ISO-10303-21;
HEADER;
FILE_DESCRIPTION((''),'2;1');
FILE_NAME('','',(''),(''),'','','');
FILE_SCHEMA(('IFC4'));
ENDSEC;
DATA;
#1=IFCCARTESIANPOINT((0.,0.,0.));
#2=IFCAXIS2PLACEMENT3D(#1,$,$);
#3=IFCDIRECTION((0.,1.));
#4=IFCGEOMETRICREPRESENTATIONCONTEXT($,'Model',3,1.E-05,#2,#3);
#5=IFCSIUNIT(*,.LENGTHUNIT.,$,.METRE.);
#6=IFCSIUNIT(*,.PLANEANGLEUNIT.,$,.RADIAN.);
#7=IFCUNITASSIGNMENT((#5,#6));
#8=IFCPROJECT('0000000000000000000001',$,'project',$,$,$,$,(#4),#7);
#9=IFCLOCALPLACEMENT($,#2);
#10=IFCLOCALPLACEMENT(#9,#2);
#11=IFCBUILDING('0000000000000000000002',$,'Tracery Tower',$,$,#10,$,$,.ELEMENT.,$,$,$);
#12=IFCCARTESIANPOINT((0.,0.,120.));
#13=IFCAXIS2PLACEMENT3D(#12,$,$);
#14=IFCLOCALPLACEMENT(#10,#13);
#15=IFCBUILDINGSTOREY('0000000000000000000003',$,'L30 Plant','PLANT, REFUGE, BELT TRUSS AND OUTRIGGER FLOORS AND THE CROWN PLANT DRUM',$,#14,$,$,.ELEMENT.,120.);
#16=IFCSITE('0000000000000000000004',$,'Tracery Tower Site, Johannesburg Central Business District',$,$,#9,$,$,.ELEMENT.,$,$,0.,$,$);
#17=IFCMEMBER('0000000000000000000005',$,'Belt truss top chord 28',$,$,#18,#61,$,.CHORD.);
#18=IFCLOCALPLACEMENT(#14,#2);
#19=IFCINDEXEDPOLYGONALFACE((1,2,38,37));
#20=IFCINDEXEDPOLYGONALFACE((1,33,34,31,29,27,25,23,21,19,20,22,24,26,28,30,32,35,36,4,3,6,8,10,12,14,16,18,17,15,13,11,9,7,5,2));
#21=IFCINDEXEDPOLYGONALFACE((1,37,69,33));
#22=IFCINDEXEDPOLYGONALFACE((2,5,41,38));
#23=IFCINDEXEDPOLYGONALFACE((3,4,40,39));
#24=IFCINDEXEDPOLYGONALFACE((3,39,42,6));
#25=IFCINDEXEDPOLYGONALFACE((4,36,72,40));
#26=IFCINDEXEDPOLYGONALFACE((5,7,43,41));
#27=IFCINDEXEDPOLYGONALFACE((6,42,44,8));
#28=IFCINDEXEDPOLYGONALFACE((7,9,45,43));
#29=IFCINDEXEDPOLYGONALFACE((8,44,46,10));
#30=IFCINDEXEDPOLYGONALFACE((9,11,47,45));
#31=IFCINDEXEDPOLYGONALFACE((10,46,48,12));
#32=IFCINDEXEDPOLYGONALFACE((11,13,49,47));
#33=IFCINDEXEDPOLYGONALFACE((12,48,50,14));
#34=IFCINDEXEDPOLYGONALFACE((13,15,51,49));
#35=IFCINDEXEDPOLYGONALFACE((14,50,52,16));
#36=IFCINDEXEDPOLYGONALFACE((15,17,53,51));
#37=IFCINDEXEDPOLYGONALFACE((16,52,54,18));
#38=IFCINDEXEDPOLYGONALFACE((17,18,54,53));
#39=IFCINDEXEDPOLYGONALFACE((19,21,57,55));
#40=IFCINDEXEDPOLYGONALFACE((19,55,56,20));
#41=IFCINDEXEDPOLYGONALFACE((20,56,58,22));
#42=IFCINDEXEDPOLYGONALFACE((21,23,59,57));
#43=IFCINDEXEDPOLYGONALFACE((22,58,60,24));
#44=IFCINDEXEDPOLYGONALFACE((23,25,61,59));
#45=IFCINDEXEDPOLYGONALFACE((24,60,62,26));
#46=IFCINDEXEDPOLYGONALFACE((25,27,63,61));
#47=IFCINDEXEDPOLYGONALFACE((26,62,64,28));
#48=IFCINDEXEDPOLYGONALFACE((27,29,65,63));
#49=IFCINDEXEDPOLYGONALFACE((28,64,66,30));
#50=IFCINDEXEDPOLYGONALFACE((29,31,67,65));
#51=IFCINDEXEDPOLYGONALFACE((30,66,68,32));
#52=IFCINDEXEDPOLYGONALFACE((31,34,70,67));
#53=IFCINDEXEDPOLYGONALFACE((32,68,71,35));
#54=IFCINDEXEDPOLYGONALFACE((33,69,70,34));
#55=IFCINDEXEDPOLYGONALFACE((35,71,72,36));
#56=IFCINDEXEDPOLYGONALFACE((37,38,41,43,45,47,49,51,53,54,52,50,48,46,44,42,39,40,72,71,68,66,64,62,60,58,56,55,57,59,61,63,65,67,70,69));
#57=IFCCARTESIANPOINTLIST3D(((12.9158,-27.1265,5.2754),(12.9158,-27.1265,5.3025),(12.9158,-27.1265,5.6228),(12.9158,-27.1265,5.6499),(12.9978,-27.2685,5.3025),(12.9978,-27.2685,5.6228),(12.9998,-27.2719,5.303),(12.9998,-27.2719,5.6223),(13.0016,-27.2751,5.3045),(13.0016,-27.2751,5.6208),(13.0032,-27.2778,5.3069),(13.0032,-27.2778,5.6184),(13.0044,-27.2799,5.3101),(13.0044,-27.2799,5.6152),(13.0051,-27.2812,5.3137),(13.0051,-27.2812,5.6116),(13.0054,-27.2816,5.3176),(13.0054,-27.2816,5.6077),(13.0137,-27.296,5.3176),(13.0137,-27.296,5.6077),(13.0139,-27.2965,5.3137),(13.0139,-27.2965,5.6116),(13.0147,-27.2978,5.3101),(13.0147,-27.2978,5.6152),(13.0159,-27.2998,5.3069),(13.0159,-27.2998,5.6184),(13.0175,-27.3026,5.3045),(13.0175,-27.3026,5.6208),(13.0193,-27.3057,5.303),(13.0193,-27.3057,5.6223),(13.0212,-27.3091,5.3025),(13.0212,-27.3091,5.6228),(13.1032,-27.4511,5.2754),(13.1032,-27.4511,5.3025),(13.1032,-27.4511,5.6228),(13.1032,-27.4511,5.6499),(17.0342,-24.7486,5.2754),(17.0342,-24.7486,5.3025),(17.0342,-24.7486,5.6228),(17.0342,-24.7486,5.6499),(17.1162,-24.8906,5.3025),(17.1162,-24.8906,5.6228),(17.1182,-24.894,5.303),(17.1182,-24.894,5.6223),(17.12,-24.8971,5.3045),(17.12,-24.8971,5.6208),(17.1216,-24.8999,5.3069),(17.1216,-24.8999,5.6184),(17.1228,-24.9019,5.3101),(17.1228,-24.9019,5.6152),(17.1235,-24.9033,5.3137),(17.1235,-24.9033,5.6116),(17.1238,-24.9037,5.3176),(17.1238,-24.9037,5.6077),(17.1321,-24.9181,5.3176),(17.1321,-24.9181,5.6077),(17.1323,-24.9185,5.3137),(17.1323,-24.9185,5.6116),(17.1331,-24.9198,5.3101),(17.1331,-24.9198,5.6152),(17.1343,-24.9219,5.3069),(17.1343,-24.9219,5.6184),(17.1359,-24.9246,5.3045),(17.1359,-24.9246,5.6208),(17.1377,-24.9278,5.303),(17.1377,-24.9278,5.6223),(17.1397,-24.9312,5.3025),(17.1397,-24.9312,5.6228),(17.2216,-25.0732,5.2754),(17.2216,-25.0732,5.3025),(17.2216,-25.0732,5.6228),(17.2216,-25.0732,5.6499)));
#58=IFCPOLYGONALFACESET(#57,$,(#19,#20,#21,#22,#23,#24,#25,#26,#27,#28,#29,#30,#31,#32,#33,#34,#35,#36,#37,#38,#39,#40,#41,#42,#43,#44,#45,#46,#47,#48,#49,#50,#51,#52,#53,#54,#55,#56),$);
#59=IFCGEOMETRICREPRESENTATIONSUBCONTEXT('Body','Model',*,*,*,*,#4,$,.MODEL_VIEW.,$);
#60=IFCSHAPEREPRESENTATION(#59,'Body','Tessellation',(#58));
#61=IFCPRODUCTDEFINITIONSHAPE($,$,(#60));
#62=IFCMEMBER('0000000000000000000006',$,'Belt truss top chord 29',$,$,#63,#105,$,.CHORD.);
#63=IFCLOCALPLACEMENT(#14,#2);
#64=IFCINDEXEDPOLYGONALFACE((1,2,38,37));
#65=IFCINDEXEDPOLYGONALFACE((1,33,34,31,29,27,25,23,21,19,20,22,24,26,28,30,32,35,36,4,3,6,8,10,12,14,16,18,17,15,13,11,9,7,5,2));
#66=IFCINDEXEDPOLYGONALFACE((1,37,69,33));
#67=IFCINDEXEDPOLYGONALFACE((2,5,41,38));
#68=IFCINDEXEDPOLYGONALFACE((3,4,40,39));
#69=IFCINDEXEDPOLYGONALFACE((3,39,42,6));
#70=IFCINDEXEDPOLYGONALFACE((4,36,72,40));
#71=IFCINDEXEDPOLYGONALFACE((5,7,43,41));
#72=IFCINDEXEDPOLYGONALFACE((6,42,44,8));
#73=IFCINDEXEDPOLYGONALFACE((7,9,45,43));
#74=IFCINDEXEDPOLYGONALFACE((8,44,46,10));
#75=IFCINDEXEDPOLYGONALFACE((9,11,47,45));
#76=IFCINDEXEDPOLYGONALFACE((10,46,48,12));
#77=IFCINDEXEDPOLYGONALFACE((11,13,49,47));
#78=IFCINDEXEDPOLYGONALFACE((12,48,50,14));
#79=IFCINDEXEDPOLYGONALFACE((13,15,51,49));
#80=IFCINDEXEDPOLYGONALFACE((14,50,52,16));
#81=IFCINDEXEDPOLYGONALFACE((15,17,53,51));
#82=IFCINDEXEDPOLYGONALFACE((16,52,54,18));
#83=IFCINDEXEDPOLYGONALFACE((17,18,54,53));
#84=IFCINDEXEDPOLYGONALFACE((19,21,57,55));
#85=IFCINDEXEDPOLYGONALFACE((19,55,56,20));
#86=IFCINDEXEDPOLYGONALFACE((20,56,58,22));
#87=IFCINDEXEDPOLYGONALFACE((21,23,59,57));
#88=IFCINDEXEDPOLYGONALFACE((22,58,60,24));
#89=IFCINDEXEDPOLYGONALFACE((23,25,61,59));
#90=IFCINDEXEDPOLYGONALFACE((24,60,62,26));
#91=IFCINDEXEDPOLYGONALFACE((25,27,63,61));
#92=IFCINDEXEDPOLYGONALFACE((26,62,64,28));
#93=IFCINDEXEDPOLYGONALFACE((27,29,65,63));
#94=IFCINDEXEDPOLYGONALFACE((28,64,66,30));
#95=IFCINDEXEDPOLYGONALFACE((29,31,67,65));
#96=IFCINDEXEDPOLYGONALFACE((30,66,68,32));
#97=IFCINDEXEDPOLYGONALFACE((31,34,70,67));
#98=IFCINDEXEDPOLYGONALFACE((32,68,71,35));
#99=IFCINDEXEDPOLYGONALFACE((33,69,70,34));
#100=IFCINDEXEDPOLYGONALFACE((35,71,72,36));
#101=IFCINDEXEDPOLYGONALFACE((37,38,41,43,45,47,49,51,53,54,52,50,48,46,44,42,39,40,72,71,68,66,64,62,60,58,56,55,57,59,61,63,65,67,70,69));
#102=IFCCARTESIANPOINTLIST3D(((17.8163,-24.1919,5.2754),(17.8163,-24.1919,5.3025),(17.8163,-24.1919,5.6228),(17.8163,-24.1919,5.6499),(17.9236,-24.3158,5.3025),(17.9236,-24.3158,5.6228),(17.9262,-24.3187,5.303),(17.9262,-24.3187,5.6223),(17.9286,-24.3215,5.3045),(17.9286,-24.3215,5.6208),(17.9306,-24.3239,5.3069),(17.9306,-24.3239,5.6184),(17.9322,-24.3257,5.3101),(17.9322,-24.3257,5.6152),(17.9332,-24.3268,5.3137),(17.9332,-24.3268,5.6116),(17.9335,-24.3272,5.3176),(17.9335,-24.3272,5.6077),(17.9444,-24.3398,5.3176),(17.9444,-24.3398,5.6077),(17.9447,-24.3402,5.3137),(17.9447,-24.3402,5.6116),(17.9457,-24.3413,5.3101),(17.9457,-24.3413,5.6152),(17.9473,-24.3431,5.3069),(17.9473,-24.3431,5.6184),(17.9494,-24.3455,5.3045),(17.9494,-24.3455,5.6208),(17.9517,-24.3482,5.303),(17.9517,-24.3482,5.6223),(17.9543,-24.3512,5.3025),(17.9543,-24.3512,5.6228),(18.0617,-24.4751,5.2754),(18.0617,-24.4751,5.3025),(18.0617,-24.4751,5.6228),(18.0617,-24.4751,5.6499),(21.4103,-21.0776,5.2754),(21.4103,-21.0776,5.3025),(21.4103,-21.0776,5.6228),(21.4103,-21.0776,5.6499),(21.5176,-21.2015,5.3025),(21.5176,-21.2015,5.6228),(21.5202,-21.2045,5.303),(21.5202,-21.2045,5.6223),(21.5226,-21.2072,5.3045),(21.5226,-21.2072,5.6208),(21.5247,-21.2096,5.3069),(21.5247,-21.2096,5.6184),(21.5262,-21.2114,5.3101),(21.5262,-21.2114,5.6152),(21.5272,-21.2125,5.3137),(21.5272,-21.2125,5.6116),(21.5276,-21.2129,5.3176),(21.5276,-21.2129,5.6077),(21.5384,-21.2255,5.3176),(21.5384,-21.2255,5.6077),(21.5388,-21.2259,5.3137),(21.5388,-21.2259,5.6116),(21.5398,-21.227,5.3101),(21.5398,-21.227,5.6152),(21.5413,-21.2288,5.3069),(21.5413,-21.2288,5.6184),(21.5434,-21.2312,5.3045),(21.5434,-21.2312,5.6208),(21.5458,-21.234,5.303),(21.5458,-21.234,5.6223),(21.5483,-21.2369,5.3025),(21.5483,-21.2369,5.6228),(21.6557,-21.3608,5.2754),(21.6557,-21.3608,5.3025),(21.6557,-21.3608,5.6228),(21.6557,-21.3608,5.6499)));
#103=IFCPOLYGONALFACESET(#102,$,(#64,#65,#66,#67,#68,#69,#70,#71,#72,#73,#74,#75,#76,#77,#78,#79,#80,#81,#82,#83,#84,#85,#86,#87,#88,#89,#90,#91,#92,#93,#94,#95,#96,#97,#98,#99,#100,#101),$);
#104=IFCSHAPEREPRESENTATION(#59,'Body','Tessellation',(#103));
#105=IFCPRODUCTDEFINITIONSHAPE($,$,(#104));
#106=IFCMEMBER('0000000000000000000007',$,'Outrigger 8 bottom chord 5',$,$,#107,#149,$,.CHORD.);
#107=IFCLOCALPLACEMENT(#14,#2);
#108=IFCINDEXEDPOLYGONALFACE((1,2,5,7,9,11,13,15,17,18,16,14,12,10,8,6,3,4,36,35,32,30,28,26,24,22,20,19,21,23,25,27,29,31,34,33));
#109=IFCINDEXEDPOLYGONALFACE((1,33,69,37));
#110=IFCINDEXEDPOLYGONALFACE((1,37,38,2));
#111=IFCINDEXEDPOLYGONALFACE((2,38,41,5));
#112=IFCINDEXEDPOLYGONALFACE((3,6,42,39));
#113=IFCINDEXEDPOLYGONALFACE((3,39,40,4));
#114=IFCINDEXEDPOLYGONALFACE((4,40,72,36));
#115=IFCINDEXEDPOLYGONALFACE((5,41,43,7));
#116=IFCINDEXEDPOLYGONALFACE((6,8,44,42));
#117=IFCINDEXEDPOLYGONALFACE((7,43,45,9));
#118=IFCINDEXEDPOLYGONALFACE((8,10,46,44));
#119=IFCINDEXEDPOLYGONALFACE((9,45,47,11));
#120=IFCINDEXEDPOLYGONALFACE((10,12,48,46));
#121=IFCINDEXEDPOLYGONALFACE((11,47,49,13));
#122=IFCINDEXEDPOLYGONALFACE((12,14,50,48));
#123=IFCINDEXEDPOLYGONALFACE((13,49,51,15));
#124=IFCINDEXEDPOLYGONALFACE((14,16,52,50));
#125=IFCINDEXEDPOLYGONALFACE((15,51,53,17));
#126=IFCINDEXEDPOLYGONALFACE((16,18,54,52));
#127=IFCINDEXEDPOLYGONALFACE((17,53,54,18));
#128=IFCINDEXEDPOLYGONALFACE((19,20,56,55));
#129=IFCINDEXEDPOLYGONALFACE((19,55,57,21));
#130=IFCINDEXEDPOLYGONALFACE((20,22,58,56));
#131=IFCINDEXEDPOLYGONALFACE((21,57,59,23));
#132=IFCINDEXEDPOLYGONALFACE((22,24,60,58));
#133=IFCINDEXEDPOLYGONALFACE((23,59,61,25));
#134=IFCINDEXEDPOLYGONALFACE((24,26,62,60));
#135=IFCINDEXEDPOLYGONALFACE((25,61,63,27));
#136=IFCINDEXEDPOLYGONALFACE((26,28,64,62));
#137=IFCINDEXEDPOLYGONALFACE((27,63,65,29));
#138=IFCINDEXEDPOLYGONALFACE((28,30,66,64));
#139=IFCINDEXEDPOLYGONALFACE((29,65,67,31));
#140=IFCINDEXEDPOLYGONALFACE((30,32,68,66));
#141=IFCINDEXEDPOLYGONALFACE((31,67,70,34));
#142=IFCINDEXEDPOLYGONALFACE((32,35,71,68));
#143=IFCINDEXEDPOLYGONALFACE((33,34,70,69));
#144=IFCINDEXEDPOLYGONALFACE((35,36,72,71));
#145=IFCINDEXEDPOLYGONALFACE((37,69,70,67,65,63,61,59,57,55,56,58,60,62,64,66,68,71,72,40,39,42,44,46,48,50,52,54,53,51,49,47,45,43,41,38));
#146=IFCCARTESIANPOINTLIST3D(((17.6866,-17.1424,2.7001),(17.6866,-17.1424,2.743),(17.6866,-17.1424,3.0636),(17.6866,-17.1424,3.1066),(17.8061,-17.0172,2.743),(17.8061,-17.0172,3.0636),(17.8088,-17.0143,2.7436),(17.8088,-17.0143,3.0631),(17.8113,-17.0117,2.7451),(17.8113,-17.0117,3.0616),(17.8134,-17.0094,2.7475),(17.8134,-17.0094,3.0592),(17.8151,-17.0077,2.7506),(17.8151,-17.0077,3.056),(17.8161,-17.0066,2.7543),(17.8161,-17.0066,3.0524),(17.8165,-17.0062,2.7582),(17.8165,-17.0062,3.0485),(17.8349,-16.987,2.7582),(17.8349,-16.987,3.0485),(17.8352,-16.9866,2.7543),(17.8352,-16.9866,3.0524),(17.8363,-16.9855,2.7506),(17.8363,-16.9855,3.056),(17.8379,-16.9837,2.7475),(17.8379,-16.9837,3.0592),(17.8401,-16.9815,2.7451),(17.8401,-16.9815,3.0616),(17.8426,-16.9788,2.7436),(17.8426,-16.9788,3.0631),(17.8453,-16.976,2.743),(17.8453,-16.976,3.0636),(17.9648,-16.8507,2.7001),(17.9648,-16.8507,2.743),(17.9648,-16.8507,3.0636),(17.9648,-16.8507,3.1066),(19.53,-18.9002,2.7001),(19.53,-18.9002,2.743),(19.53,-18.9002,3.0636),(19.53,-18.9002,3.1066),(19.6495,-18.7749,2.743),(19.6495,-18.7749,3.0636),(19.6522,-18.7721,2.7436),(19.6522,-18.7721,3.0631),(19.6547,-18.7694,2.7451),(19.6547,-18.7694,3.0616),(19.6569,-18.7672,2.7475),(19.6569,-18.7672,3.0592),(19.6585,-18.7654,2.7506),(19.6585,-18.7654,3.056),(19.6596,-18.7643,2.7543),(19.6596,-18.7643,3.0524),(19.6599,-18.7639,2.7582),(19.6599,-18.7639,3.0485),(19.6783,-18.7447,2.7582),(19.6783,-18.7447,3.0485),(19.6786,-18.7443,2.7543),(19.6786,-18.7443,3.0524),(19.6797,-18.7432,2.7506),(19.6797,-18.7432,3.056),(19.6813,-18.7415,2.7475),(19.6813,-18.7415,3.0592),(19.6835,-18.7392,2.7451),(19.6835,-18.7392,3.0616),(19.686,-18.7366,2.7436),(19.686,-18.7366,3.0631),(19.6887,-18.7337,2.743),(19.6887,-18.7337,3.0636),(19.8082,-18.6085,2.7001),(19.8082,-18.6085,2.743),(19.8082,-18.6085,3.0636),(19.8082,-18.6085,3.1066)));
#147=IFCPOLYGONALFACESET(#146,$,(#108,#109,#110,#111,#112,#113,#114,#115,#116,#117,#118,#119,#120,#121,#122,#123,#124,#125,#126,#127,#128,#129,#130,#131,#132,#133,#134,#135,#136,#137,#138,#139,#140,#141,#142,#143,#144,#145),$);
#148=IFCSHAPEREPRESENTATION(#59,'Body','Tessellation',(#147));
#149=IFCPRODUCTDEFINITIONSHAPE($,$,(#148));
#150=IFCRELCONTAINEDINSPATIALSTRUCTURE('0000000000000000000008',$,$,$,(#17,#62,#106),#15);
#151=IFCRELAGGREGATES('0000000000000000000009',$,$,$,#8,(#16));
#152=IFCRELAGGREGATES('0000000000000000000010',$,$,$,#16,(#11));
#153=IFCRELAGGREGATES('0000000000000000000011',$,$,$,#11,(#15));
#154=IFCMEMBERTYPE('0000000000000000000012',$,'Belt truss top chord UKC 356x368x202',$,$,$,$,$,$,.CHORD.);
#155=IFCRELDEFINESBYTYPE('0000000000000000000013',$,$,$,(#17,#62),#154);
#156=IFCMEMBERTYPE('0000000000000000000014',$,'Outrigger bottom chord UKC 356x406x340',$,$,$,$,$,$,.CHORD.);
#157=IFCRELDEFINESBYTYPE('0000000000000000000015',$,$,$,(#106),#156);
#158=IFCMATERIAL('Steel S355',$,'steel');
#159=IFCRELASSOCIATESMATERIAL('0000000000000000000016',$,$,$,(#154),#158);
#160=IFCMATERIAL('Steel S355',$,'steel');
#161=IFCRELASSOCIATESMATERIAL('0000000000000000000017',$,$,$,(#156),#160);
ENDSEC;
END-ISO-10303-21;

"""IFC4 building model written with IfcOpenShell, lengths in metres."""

from ifc_helpers import new_model, si_unit, direction, frame, origin, origin_2d, place, context, subcontext, project, spatial, i_section, extrude, material, material_profile, profile_set, type_object, element, save


model = new_model("IFC4")

# Units and contexts
model_context = context("Model", 3, precision=1e-05, world=origin(), true_north=direction((0.0, 1.0)))
body_context = subcontext(model_context, "Body", "Model", "MODEL_VIEW")
ifc_project = project(units=[si_unit("LENGTHUNIT", "METRE"), si_unit("PLANEANGLEUNIT", "RADIAN")], contexts=[model_context])

# Site, building, storey
site_placement = place(None, origin())
site = spatial("IfcSite", under=ifc_project, at=site_placement, Name="Tracery Tower Site, Johannesburg Central Business District", CompositionType="ELEMENT", RefElevation=0.0)
building_placement = place(site_placement, origin())
building = spatial("IfcBuilding", under=site, at=building_placement, Name="Tracery Tower", CompositionType="ELEMENT")
storey_placement = place(building_placement, frame((0.0, 0.0, 120.0)))
storey = spatial("IfcBuildingStorey", under=building, at=storey_placement, Name="L30 Plant", Description="PLANT, REFUGE, BELT TRUSS AND OUTRIGGER FLOORS AND THE CROWN PLANT DRUM", CompositionType="ELEMENT", Elevation=120.0)

# Members
ifc_material_1 = material(Name="Steel S355", Category="steel")
ifc_material_profile_1 = material_profile(ifc_material_1, i_section(OverallWidth=0.3748, OverallDepth=0.3745, WebThickness=0.0166, FlangeThickness=0.0271, FilletRadius=0.0151, at=origin_2d()), Name="UKC 356x368x202")
ifc_profile_set_1 = profile_set([ifc_material_profile_1], Name="Steel S355")
member_type_1 = type_object("IfcMemberType", Name="Belt truss top chord UKC 356x368x202", PredefinedType="CHORD", material=ifc_profile_set_1)
for number, where, z_axis, x_axis, name in (
    (1, (13.0095, -27.2888, 5.4626), (0.86601, 0.500026, 0.0), (-0.500026, 0.86601, 0.0), "Belt truss top chord 28"),
    (2, (17.939, -24.3335, 5.4626), (0.755745, 0.654866, 0.0), (-0.654866, 0.755745, 0.0), "Belt truss top chord 29"),
):
    element("IfcMember", number, at=place(storey_placement, frame(where, z_axis=z_axis, x_axis=x_axis)), inside=storey, type_object=member_type_1, Name=name, PredefinedType="CHORD", context=body_context, shape_type="SweptSolid", body=[
        extrude(i_section(OverallWidth=0.3748, OverallDepth=0.3745, WebThickness=0.0166, FlangeThickness=0.0271, FilletRadius=0.0151, at=origin_2d()), origin(), (0.0, 0.0, 1.0), 4.7556),
    ])
ifc_material_2 = material(Name="Steel S355", Category="steel")
ifc_material_profile_2 = material_profile(ifc_material_2, i_section(OverallWidth=0.4031, OverallDepth=0.4065, WebThickness=0.0266, FlangeThickness=0.043, FilletRadius=0.0151, at=origin_2d()), Name="UKC 356x406x340")
ifc_profile_set_2 = profile_set([ifc_material_profile_2], Name="Steel S355")
member_type_2 = type_object("IfcMemberType", Name="Outrigger bottom chord UKC 356x406x340", PredefinedType="CHORD", material=ifc_profile_set_2)
member_1_placement = place(storey_placement, frame((17.8257, -16.9966, 2.9033), z_axis=(0.723728, -0.690086, 0.0), x_axis=(0.690086, 0.723728, 0.0)))
element("IfcMember", 3, at=member_1_placement, inside=storey, type_object=member_type_2, Name="Outrigger 8 bottom chord 5", PredefinedType="CHORD", context=body_context, shape_type="SweptSolid", body=[
    extrude(i_section(OverallWidth=0.4031, OverallDepth=0.4065, WebThickness=0.0266, FlangeThickness=0.043, FilletRadius=0.0151, at=origin_2d()), origin(), (0.0, 0.0, 1.0), 2.5471),
])

save(model, "model.ifc")
